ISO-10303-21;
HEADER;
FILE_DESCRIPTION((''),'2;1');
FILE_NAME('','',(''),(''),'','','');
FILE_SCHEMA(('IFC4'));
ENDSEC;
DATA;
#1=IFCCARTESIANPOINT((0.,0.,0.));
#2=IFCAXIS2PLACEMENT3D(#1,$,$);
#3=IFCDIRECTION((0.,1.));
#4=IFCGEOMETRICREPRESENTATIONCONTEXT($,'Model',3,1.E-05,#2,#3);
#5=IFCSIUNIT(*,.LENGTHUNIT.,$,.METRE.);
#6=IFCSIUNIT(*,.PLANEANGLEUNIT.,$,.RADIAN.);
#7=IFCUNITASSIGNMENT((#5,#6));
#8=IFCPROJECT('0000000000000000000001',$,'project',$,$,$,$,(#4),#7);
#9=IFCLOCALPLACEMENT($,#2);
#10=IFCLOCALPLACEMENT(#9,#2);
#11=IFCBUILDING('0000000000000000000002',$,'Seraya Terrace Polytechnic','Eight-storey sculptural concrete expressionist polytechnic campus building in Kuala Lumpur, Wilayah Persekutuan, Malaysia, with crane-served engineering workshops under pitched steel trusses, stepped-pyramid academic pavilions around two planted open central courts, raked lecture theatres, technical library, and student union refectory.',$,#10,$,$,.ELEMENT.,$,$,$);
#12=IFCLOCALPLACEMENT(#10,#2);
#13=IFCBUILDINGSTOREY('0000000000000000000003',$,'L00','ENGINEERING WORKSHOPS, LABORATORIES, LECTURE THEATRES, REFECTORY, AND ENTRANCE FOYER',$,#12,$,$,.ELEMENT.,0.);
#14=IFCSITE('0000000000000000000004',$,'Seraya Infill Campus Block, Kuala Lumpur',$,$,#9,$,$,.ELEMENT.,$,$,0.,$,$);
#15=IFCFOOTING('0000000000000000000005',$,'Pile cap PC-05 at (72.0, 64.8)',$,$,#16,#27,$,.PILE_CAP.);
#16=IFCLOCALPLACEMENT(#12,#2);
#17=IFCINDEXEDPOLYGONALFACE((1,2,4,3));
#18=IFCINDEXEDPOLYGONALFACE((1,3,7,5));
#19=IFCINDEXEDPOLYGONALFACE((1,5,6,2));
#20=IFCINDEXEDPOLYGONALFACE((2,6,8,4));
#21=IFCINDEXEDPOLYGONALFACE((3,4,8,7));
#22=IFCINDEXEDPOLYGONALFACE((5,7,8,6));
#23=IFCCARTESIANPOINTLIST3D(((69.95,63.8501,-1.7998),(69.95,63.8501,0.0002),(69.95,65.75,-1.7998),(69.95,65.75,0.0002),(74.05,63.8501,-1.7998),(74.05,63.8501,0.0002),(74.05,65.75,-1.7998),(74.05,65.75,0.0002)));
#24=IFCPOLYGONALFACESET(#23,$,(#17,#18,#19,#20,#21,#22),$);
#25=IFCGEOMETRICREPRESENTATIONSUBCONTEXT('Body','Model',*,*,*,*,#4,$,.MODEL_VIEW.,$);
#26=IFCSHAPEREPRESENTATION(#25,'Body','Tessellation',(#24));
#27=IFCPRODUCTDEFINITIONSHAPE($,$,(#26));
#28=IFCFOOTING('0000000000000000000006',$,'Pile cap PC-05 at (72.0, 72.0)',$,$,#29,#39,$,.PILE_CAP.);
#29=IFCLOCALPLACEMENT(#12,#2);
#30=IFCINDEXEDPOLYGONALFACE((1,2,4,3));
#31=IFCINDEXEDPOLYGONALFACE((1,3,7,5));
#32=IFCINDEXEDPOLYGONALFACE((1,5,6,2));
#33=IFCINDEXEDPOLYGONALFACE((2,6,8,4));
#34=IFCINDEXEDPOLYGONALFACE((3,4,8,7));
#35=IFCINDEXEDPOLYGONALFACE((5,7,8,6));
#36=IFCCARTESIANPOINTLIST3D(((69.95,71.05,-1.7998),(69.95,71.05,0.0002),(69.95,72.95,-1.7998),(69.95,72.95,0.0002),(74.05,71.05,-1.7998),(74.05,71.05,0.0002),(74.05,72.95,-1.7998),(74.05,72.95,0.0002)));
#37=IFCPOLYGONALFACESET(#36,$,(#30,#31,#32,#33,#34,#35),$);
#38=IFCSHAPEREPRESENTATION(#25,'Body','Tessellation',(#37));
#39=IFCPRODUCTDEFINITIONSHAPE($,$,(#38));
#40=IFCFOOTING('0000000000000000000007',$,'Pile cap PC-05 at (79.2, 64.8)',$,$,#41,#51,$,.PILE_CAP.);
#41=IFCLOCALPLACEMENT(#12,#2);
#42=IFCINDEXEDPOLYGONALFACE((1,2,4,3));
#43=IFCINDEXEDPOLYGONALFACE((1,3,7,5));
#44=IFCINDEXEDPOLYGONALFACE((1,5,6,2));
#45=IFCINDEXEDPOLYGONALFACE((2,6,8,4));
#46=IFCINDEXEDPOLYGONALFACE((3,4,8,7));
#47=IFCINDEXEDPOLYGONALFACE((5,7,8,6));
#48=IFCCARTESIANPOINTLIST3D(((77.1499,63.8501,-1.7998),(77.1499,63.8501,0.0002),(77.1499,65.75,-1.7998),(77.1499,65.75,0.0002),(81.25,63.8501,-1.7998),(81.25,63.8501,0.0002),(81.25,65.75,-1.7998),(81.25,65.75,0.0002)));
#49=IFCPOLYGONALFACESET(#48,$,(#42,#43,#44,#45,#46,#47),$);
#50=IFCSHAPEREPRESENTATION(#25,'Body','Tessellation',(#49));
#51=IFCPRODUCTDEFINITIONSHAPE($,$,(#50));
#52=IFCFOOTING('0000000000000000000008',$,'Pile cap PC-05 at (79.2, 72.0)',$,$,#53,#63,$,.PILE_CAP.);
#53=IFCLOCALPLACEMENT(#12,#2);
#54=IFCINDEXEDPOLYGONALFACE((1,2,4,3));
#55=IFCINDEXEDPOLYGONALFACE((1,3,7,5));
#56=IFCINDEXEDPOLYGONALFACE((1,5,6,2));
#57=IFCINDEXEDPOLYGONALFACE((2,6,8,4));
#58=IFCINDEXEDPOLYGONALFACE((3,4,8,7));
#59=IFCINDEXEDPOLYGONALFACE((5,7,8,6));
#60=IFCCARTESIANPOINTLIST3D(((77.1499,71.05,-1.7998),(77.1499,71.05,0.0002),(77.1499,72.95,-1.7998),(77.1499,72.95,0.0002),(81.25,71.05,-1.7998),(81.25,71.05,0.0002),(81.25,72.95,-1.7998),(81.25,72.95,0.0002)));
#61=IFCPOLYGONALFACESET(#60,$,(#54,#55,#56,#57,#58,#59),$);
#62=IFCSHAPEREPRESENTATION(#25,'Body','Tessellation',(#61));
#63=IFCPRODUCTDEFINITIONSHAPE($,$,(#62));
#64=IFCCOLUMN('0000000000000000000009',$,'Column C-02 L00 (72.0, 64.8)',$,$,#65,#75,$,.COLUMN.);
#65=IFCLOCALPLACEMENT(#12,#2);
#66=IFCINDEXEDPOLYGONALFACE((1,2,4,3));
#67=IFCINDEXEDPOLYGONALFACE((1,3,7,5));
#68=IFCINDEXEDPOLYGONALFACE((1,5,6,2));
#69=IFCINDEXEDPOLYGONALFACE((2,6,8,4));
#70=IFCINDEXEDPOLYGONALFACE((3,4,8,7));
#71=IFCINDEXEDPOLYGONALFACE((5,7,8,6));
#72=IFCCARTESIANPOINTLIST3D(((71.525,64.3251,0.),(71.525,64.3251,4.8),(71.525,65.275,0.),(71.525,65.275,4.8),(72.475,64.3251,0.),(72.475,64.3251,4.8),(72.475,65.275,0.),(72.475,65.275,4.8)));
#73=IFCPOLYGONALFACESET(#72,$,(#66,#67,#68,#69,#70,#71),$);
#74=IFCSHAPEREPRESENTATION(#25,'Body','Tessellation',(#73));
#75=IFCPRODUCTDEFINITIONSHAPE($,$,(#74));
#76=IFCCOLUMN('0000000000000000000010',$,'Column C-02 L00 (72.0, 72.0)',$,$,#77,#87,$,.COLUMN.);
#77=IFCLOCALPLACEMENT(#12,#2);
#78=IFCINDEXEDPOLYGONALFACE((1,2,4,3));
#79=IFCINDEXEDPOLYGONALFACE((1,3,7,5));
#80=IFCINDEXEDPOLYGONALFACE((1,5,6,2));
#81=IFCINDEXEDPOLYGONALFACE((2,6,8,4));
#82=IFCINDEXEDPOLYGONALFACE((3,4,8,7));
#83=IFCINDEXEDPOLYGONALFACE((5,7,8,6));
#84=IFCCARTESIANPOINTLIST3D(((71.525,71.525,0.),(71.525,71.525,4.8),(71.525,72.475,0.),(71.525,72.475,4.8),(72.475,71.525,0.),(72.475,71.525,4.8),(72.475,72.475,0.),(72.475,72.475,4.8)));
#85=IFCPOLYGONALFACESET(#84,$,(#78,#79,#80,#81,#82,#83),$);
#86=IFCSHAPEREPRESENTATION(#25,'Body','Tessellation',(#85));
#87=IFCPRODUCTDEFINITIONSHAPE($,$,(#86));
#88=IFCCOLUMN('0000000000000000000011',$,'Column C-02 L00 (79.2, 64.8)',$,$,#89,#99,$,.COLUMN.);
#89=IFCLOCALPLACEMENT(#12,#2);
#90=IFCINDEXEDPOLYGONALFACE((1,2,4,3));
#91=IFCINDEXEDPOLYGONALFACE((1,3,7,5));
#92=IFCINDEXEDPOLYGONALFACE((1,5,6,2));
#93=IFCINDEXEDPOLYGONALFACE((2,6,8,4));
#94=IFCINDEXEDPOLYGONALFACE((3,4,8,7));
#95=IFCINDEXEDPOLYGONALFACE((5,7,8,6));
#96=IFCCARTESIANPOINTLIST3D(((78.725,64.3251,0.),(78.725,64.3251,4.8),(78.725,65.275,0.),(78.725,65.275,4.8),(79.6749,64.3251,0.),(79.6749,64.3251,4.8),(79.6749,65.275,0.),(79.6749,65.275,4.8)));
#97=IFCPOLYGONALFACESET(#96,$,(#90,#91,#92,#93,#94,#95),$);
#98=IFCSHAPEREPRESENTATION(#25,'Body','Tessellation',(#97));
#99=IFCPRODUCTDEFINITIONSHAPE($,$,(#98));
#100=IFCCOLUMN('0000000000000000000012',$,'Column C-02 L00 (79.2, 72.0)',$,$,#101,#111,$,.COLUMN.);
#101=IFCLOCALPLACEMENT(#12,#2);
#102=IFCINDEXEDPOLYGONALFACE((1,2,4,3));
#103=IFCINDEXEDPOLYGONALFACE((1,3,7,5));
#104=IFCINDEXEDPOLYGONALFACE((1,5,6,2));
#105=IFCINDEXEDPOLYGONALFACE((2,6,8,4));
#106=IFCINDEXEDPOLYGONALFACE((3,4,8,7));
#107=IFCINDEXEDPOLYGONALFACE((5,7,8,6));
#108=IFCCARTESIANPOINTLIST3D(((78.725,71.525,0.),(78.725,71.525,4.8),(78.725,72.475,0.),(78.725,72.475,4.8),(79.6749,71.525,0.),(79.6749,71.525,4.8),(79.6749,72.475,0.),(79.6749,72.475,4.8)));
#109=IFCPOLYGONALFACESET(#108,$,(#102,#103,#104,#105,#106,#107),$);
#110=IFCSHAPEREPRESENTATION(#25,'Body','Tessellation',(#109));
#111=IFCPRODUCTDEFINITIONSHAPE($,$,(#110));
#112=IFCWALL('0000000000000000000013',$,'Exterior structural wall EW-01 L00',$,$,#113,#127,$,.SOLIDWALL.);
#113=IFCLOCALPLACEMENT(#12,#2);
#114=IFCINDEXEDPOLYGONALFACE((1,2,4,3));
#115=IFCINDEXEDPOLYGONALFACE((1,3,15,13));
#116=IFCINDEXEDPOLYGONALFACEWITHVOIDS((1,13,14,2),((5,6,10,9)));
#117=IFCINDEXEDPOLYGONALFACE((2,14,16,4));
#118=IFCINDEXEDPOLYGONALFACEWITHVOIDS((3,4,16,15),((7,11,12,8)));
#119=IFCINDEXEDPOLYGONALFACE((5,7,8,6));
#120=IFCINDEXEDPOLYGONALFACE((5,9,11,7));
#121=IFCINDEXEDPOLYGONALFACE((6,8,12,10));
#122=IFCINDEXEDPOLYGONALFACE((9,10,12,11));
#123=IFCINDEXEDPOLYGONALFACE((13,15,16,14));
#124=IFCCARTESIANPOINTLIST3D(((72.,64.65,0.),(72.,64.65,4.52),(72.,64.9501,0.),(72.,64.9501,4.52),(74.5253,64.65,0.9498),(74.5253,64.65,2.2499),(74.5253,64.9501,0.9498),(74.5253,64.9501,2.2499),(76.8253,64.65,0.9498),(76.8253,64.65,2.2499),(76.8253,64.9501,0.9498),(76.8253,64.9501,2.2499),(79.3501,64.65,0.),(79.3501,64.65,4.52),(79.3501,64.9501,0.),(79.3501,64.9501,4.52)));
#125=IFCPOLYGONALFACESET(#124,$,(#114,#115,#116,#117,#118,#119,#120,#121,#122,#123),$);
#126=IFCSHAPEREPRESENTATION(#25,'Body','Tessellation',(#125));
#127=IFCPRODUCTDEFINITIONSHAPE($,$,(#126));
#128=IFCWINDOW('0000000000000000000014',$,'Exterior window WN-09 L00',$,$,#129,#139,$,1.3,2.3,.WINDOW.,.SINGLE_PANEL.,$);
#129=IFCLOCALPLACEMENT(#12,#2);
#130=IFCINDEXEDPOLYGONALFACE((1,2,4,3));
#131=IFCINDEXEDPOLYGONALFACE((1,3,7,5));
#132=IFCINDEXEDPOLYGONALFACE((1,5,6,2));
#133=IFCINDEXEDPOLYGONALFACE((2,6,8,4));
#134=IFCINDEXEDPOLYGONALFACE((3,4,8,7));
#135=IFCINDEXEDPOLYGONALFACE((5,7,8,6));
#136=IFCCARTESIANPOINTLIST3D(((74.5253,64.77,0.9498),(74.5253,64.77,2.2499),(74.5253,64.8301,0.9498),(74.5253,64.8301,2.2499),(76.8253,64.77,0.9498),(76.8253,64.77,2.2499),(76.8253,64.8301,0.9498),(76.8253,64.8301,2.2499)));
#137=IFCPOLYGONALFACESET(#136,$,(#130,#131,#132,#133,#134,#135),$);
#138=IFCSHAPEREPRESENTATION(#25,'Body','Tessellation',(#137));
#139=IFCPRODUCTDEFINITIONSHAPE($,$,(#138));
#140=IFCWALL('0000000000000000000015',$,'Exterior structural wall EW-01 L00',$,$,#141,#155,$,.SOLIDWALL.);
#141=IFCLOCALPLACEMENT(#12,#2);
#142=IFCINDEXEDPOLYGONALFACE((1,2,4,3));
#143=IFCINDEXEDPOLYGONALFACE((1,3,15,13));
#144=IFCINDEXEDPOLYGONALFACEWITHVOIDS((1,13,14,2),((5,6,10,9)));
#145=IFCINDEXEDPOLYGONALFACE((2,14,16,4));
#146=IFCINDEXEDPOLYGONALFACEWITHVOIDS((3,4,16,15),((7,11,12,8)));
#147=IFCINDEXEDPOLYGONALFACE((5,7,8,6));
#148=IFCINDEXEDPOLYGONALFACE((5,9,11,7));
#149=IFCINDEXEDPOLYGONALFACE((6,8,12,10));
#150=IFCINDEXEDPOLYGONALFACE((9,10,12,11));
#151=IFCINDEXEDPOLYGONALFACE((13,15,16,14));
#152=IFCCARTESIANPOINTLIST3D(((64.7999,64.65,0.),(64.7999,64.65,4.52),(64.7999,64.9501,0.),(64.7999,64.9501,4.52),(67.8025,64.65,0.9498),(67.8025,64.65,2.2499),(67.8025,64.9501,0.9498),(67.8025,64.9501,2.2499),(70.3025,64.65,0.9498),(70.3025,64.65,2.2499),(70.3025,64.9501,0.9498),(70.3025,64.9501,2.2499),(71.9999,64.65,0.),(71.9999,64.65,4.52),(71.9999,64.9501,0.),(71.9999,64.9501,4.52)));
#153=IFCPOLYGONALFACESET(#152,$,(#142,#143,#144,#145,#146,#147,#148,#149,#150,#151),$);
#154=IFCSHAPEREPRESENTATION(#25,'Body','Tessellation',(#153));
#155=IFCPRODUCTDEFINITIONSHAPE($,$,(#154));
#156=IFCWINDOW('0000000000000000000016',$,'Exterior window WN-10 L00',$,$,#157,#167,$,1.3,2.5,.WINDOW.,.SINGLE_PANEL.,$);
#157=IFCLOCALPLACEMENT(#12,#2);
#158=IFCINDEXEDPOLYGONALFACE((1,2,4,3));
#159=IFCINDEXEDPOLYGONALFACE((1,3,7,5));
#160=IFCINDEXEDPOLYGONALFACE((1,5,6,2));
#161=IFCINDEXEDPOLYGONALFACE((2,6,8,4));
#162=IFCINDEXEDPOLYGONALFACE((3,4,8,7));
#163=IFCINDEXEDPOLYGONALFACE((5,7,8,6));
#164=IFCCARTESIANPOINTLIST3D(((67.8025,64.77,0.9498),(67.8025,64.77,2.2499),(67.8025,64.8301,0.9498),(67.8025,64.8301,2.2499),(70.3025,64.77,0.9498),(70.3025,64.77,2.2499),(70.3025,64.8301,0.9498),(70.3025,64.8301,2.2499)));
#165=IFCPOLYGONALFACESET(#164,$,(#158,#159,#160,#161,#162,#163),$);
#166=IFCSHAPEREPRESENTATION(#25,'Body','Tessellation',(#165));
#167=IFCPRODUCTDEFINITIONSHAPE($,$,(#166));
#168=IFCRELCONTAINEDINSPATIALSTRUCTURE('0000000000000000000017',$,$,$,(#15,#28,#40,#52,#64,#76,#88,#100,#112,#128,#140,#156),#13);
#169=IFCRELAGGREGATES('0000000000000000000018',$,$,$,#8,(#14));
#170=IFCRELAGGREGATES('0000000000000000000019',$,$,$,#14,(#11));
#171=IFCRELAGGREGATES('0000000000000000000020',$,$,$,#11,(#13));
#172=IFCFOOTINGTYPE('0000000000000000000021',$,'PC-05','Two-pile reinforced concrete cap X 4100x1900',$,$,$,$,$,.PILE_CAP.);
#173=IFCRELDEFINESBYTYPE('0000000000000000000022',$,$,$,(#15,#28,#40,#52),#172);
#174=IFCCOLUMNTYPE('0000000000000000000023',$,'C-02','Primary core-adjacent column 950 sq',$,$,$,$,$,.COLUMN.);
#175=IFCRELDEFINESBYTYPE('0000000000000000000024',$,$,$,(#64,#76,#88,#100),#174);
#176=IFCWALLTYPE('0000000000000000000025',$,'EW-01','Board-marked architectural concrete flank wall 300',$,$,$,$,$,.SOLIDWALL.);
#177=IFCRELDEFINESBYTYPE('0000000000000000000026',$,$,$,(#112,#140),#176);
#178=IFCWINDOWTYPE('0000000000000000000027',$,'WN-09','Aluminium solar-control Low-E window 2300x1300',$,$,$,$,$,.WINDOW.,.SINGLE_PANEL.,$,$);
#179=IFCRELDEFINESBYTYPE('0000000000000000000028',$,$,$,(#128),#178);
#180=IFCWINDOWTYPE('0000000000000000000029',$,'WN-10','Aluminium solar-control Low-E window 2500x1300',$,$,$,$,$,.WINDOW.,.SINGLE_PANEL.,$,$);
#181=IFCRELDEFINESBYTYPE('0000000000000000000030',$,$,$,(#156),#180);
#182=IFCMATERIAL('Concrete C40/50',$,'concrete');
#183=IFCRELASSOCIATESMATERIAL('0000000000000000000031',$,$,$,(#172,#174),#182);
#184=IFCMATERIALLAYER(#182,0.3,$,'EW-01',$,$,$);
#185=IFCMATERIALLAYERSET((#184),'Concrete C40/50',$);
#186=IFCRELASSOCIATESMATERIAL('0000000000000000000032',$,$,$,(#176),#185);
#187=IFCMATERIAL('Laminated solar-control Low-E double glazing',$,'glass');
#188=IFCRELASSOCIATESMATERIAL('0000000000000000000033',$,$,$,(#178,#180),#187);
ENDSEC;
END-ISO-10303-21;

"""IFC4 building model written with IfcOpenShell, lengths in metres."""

from ifc_helpers import new_model, si_unit, direction, frame, frame_2d, origin, origin_2d, place, context, subcontext, project, spatial, rectangle, extrude, material, layer, layer_set, material_profile, profile_set, type_object, element, fill, save


model = new_model("IFC4")

# Units and contexts
model_context = context("Model", 3, precision=1e-05, world=origin(), true_north=direction((0.0, 1.0)))
body_context = subcontext(model_context, "Body", "Model", "MODEL_VIEW")
ifc_project = project(units=[si_unit("LENGTHUNIT", "METRE"), si_unit("PLANEANGLEUNIT", "RADIAN")], contexts=[model_context])

# Site, building, storey
site_placement = place(None, origin())
site = spatial("IfcSite", under=ifc_project, at=site_placement, Name="Seraya Infill Campus Block, Kuala Lumpur", CompositionType="ELEMENT", RefElevation=0.0)
building_placement = place(site_placement, origin())
building = spatial("IfcBuilding", under=site, at=building_placement, Name="Seraya Terrace Polytechnic", Description="Eight-storey sculptural concrete expressionist polytechnic campus building in Kuala Lumpur, Wilayah Persekutuan, Malaysia, with crane-served engineering workshops under pitched steel trusses, stepped-pyramid academic pavilions around two planted open central courts, raked lecture theatres, technical library, and student union refectory.", CompositionType="ELEMENT")
storey_placement = place(building_placement, origin())
storey = spatial("IfcBuildingStorey", under=building, at=storey_placement, Name="L00", Description="ENGINEERING WORKSHOPS, LABORATORIES, LECTURE THEATRES, REFECTORY, AND ENTRANCE FOYER", CompositionType="ELEMENT", Elevation=0.0)

# Shared definitions
ifc_material_1 = material(Name="Concrete C40/50", Category="concrete")

# Footings
footing_type_1 = type_object("IfcFootingType", Name="PC-05", Description="Two-pile reinforced concrete cap X 4100x1900", PredefinedType="PILE_CAP", material=ifc_material_1)
for number, where, z_axis, x_axis, name in (
    (1, (72.0, 64.8, -1.7998), (0.0, 0.0, 1.0), (1.0, 0.0, 0.0), "Pile cap PC-05 at (72.0, 64.8)"),
    (2, (72.0, 72.0, -1.7998), (0.0, 0.0, 1.0), (1.0, 0.0, 0.0), "Pile cap PC-05 at (72.0, 72.0)"),
    (3, (79.2, 64.8, -1.7998), (0.0, 0.0, 1.0), (1.0, 0.0, 0.0), "Pile cap PC-05 at (79.2, 64.8)"),
    (4, (79.2, 72.0, -1.7998), (0.0, 0.0, 1.0), (1.0, 0.0, 0.0), "Pile cap PC-05 at (79.2, 72.0)"),
):
    element("IfcFooting", number, at=place(storey_placement, frame(where, z_axis=z_axis, x_axis=x_axis)), inside=storey, type_object=footing_type_1, Name=name, PredefinedType="PILE_CAP", context=body_context, shape_type="SweptSolid", body=[
        extrude(rectangle(XDim=4.1001, YDim=1.8999, at=origin_2d()), origin(), (0.0, 0.0, 1.0), 1.8),
    ])

# Columns
ifc_material_profile_1 = material_profile(ifc_material_1, rectangle(XDim=0.95, YDim=0.95, at=origin_2d()), Name="RC 950x950")
ifc_profile_set_1 = profile_set([ifc_material_profile_1], Name="Concrete C40/50")
column_type = type_object("IfcColumnType", Name="C-02", Description="Primary core-adjacent column 950 sq", PredefinedType="COLUMN", material=ifc_profile_set_1)
for number, where, z_axis, x_axis, name in (
    (5, (72.0, 64.8, 0.0), (0.0, 0.0, 1.0), (1.0, 0.0, 0.0), "Column C-02 L00 (72.0, 64.8)"),
    (6, (72.0, 72.0, 0.0), (0.0, 0.0, 1.0), (1.0, 0.0, 0.0), "Column C-02 L00 (72.0, 72.0)"),
    (7, (79.2, 64.8, 0.0), (0.0, 0.0, 1.0), (1.0, 0.0, 0.0), "Column C-02 L00 (79.2, 64.8)"),
    (8, (79.2, 72.0, 0.0), (0.0, 0.0, 1.0), (1.0, 0.0, 0.0), "Column C-02 L00 (79.2, 72.0)"),
):
    element("IfcColumn", number, at=place(storey_placement, frame(where, z_axis=z_axis, x_axis=x_axis)), inside=storey, type_object=column_type, Name=name, PredefinedType="COLUMN", context=body_context, shape_type="SweptSolid", body=[
        extrude(rectangle(XDim=0.95, YDim=0.95, at=origin_2d()), origin(), (0.0, 0.0, 1.0), 4.8),
    ])

# Walls, openings, windows
ifc_layer = layer(ifc_material_1, 0.3, Name="EW-01")
ifc_layer_set = layer_set([ifc_layer], Name="Concrete C40/50")
wall_type = type_object("IfcWallType", Name="EW-01", Description="Board-marked architectural concrete flank wall 300", PredefinedType="SOLIDWALL", material=ifc_layer_set)
wall_1_placement = place(storey_placement, frame((79.3501, 64.8, 0.0), z_axis=(0.0, 0.0, 1.0), x_axis=(-1.0, 0.0, 0.0)))
wall_1 = element("IfcWall", 9, at=wall_1_placement, inside=storey, type_object=wall_type, Name="Exterior structural wall EW-01 L00", PredefinedType="SOLIDWALL", context=body_context, shape_type="SweptSolid", body=[
    extrude(rectangle(XDim=7.3501, YDim=0.3, at=frame_2d((3.675, 0.0))), origin(), (0.0, 0.0, 1.0), 4.52),
])
opening_1_placement = place(wall_1_placement, frame((2.5249, 0.0, 0.95)))
opening_1 = element("IfcOpeningElement", 10, at=opening_1_placement, cuts=wall_1, PredefinedType="OPENING", context=body_context, shape_type="SweptSolid", body=[
    extrude(rectangle(XDim=2.3, YDim=1.3, at=frame_2d((1.1499, 0.6499))), frame((0.0, 0.1621, 0.0), z_axis=(0.0, -1.0, 0.0), x_axis=(1.0, 0.0, 0.0)), (0.0, 0.0, 1.0), 0.324),
])
ifc_material_2 = material(Name="Laminated solar-control Low-E double glazing", Category="glass")
window_type_1 = type_object("IfcWindowType", Name="WN-09", Description="Aluminium solar-control Low-E window 2300x1300", PartitioningType="SINGLE_PANEL", PredefinedType="WINDOW", material=ifc_material_2)
window_1_placement = place(opening_1_placement, origin())
window_1 = element("IfcWindow", 11, at=window_1_placement, inside=storey, type_object=window_type_1, Name="Exterior window WN-09 L00", OverallHeight=1.3, OverallWidth=2.3, PartitioningType="SINGLE_PANEL", PredefinedType="WINDOW", context=body_context, shape_type="SweptSolid", body=[
    extrude(rectangle(XDim=2.3, YDim=1.3, at=frame_2d((1.1499, 0.6499))), frame((0.0, 0.03, 0.0), z_axis=(0.0, -1.0, 0.0), x_axis=(1.0, 0.0, 0.0)), (0.0, 0.0, 1.0), 0.0601),
])
fill(opening_1, window_1)
wall_2_placement = place(storey_placement, frame((72.0, 64.8, 0.0), z_axis=(0.0, 0.0, 1.0), x_axis=(-1.0, 0.0, 0.0)))
wall_2 = element("IfcWall", 12, at=wall_2_placement, inside=storey, type_object=wall_type, Name="Exterior structural wall EW-01 L00", PredefinedType="SOLIDWALL", context=body_context, shape_type="SweptSolid", body=[
    extrude(rectangle(XDim=7.2, YDim=0.3, at=frame_2d((3.6001, 0.0))), origin(), (0.0, 0.0, 1.0), 4.52),
])
opening_2_placement = place(wall_2_placement, frame((1.6975, 0.0, 0.95)))
opening_2 = element("IfcOpeningElement", 13, at=opening_2_placement, cuts=wall_2, PredefinedType="OPENING", context=body_context, shape_type="SweptSolid", body=[
    extrude(rectangle(XDim=2.5, YDim=1.3, at=frame_2d((1.25, 0.6499))), frame((0.0, 0.1621, 0.0), z_axis=(0.0, -1.0, 0.0), x_axis=(1.0, 0.0, 0.0)), (0.0, 0.0, 1.0), 0.324),
])
window_type_2 = type_object("IfcWindowType", Name="WN-10", Description="Aluminium solar-control Low-E window 2500x1300", PartitioningType="SINGLE_PANEL", PredefinedType="WINDOW", material=ifc_material_2)
window_2_placement = place(opening_2_placement, origin())
window_2 = element("IfcWindow", 14, at=window_2_placement, inside=storey, type_object=window_type_2, Name="Exterior window WN-10 L00", OverallHeight=1.3, OverallWidth=2.5, PartitioningType="SINGLE_PANEL", PredefinedType="WINDOW", context=body_context, shape_type="SweptSolid", body=[
    extrude(rectangle(XDim=2.5, YDim=1.3, at=frame_2d((1.25, 0.6499))), frame((0.0, 0.03, 0.0), z_axis=(0.0, -1.0, 0.0), x_axis=(1.0, 0.0, 0.0)), (0.0, 0.0, 1.0), 0.0601),
])
fill(opening_2, window_2)

save(model, "model.ifc")
